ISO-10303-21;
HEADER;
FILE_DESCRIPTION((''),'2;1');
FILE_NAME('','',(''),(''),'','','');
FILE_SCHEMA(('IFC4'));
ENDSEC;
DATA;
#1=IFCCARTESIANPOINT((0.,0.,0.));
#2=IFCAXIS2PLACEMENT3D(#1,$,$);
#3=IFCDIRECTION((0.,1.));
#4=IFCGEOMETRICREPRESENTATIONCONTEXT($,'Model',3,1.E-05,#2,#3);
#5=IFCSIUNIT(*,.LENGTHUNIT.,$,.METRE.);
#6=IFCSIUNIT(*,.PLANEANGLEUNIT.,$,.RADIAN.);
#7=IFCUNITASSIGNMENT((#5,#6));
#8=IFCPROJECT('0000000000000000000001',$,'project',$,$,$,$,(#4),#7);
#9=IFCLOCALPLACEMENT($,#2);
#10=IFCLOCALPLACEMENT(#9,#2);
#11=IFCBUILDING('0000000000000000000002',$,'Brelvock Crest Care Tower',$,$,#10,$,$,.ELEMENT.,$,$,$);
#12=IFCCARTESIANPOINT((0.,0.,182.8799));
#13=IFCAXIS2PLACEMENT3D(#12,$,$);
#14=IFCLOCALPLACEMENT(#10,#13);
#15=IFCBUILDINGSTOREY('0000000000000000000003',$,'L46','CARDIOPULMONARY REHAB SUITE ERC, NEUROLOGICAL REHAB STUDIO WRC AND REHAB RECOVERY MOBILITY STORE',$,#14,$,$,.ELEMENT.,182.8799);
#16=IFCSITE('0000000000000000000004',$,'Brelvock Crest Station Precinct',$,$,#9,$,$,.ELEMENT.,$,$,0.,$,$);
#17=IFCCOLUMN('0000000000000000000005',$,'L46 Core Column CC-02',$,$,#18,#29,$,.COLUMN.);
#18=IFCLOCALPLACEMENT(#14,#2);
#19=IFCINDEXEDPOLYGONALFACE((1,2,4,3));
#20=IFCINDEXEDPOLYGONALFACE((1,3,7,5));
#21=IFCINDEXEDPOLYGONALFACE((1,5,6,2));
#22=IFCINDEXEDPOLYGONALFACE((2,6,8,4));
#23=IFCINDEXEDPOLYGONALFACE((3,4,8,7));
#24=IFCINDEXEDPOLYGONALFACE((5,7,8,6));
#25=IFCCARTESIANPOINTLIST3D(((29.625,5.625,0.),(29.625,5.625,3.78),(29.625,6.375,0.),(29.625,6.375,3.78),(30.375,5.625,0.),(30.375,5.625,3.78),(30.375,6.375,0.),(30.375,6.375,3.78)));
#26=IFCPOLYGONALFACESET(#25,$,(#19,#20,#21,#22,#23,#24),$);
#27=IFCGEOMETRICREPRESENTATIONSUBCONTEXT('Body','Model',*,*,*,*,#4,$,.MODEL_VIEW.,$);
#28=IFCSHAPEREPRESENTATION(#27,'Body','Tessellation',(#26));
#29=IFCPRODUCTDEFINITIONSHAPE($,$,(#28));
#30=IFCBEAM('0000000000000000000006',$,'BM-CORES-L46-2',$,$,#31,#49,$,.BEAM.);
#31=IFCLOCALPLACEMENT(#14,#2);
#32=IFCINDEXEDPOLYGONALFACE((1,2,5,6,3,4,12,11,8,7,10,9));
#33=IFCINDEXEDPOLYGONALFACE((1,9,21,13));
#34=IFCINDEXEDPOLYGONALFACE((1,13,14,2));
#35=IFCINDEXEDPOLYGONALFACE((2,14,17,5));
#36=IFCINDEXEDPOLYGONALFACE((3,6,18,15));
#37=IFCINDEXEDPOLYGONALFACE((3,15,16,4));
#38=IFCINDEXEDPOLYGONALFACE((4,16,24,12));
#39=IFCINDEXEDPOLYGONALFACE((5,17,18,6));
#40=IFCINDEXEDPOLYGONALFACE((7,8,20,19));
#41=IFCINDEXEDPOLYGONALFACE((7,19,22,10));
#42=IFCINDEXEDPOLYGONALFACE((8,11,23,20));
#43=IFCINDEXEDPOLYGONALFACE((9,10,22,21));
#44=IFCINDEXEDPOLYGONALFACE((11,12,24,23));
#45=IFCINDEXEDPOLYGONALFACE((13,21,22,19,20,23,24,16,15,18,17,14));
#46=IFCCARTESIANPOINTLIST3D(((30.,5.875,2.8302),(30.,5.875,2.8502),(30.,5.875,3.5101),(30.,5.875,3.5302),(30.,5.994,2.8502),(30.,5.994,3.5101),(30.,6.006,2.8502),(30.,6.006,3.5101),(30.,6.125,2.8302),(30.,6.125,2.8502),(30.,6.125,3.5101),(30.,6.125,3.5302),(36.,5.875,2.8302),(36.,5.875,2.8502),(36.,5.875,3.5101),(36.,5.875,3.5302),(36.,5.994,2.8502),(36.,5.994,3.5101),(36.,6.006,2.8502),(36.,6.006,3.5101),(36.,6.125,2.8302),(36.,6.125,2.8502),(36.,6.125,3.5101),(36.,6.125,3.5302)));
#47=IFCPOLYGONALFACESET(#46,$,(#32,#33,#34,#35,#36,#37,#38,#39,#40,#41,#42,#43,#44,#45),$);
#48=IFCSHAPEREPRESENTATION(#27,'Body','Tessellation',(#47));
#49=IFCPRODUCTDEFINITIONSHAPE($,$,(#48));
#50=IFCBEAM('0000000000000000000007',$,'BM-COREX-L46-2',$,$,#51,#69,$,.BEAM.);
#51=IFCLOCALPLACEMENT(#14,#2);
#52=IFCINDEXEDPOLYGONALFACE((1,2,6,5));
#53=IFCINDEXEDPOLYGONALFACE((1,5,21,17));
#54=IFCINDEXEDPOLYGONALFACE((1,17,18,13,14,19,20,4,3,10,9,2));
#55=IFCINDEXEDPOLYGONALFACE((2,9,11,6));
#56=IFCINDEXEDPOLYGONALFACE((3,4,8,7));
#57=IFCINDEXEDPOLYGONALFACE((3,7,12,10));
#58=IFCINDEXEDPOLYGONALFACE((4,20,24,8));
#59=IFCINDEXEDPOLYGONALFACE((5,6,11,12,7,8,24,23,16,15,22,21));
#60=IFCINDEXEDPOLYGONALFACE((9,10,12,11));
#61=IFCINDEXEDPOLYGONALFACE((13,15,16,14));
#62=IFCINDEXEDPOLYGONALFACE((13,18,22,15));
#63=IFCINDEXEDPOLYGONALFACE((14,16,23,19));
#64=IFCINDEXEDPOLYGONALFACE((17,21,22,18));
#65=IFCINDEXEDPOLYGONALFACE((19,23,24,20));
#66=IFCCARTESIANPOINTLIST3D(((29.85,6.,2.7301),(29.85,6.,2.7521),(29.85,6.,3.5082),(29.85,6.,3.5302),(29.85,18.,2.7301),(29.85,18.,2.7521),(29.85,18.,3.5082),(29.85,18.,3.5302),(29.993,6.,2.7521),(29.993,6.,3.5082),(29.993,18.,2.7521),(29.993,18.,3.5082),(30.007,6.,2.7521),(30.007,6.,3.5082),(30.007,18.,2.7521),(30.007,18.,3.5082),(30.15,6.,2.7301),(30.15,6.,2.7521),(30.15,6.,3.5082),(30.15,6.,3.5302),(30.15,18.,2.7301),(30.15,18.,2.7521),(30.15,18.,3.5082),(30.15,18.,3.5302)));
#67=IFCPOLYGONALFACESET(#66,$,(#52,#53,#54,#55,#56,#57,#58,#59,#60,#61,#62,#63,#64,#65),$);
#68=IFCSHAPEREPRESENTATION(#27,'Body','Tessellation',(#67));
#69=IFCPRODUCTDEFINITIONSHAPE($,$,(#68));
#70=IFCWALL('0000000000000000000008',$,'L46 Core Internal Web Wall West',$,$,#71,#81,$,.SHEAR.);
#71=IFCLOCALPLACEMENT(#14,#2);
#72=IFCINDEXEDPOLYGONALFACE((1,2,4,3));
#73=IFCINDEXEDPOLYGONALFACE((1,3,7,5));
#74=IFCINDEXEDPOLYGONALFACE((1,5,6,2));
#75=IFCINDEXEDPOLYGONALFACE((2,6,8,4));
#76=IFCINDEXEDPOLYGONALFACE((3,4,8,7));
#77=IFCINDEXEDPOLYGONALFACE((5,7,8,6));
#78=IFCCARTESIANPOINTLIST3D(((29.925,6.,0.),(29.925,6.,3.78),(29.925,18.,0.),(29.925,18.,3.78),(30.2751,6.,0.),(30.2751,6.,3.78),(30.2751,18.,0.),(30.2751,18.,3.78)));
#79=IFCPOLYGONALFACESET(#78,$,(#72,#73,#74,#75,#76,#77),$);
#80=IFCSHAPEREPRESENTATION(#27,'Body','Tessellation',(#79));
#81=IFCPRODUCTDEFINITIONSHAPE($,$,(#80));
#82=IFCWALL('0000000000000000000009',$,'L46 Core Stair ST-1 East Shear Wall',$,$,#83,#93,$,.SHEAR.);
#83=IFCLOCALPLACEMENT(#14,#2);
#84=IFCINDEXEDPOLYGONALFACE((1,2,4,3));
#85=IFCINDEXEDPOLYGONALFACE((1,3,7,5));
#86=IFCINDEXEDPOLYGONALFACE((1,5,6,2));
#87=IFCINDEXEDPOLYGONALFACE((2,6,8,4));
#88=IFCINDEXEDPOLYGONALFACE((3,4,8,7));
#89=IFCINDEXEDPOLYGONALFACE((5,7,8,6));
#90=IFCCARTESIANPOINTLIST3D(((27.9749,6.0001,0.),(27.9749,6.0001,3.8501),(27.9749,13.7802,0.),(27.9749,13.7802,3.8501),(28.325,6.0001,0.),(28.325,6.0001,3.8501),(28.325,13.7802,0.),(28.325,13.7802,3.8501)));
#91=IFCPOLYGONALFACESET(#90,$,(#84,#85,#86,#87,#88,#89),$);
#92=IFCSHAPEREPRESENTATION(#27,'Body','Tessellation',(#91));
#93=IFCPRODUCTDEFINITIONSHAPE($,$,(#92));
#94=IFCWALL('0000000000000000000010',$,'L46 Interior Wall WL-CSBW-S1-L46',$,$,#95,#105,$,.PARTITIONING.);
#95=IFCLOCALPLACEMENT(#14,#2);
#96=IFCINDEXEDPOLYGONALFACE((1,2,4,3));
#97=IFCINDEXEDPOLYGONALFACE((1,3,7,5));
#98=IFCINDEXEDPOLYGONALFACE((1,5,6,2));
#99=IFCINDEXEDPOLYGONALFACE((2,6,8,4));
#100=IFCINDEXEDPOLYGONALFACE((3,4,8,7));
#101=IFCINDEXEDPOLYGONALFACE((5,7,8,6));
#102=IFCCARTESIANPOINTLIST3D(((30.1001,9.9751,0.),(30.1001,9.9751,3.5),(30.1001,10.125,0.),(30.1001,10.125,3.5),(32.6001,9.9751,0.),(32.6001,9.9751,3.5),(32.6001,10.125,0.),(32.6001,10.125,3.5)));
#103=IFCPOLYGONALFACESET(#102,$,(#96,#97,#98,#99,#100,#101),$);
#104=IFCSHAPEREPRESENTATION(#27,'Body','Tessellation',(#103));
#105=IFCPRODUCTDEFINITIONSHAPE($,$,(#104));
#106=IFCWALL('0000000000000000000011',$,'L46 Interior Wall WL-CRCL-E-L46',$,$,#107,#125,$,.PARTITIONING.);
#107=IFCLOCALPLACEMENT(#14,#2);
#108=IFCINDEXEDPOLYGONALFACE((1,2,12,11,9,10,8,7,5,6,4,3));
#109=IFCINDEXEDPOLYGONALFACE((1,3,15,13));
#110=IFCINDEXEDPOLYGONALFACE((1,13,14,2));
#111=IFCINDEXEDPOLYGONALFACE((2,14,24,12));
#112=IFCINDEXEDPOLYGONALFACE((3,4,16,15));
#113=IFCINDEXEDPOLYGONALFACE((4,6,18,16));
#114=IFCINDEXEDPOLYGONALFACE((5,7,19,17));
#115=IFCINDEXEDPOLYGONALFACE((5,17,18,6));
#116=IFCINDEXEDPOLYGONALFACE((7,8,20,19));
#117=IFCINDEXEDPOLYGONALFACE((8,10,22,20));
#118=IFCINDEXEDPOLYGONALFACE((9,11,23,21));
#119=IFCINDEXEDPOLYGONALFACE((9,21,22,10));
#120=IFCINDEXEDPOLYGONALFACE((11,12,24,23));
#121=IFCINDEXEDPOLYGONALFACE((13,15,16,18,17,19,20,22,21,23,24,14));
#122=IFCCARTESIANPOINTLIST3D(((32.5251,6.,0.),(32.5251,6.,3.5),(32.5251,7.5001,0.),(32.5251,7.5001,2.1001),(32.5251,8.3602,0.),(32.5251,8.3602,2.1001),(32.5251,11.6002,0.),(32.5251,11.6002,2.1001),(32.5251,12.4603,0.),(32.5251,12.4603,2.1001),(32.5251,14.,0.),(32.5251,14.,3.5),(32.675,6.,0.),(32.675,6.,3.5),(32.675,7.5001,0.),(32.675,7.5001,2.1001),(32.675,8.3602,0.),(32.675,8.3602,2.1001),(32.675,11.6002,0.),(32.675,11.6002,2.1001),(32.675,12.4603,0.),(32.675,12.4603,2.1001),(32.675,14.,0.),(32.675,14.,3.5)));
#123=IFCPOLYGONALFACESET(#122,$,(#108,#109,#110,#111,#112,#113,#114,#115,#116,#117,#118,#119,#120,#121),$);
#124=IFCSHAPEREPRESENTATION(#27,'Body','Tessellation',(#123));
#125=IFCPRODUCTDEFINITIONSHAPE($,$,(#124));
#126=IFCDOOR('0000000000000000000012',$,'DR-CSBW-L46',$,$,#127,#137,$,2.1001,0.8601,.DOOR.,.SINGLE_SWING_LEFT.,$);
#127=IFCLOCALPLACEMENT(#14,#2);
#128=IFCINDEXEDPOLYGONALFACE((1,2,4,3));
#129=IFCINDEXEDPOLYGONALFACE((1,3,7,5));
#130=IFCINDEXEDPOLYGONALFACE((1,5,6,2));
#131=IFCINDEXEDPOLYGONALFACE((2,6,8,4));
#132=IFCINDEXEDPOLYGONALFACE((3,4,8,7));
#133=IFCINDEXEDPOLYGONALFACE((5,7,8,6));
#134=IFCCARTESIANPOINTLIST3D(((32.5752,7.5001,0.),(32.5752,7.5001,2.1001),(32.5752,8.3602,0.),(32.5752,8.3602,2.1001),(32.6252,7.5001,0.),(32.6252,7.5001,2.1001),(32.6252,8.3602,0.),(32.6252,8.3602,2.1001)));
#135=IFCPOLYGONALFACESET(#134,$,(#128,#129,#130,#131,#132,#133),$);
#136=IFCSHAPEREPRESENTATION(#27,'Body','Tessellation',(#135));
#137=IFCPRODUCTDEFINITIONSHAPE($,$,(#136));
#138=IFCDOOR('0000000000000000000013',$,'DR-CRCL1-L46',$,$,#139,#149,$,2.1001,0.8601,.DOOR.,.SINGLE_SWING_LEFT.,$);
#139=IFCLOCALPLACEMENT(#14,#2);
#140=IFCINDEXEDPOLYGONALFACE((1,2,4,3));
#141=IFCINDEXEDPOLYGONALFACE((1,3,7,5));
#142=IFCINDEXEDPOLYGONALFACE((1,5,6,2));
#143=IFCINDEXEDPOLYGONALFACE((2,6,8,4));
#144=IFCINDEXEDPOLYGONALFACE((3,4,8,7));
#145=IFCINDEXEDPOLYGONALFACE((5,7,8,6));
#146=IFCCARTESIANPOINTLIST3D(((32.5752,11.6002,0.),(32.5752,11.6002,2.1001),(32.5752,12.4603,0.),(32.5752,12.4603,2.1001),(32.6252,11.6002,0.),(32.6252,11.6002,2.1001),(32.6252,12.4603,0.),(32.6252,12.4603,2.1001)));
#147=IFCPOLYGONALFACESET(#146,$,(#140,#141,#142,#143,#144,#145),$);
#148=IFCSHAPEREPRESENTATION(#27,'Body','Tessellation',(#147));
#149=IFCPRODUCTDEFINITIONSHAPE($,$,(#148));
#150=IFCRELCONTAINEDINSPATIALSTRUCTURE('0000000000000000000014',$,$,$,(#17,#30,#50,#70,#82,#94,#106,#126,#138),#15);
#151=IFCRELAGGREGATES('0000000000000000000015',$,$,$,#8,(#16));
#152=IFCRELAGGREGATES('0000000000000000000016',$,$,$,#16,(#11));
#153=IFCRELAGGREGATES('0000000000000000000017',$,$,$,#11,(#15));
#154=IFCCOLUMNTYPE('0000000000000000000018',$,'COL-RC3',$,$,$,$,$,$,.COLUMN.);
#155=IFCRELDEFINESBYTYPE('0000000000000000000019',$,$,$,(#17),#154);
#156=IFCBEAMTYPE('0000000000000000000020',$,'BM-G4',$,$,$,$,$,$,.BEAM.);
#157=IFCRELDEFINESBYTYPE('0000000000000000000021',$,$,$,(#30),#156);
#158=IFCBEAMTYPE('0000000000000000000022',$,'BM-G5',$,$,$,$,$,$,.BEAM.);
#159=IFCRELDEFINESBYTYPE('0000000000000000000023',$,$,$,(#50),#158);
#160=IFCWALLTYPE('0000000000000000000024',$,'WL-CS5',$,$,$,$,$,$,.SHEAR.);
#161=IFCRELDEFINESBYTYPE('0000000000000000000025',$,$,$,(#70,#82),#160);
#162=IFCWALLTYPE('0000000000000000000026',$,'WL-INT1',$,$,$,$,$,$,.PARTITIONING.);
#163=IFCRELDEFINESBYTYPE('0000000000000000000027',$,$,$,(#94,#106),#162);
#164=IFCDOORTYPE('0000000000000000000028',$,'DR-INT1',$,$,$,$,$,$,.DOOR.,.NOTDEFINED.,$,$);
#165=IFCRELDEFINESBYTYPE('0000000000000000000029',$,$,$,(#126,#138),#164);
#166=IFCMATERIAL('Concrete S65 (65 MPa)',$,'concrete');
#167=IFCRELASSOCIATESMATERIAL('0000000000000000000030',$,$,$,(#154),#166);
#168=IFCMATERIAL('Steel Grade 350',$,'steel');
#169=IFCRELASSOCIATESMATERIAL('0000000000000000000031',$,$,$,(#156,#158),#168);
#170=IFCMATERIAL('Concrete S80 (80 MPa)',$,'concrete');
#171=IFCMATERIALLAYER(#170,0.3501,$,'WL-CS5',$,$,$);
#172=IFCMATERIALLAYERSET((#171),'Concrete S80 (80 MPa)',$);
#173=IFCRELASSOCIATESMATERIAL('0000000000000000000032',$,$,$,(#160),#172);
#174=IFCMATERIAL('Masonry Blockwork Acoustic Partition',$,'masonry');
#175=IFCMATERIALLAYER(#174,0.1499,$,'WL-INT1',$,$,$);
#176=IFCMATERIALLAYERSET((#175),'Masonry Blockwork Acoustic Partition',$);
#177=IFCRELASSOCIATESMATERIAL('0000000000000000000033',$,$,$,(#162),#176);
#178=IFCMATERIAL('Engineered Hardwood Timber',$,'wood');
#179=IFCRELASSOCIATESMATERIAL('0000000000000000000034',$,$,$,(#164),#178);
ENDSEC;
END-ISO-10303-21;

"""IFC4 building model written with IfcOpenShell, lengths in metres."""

from ifc_helpers import new_model, si_unit, direction, frame, frame_2d, origin, origin_2d, place, context, subcontext, project, spatial, rectangle, i_section, extrude, source, transform, mapped, material, layer, layer_set, material_profile, profile_set, type_object, element, fill, save


model = new_model("IFC4")

# Units and contexts
model_context = context("Model", 3, precision=1e-05, world=origin(), true_north=direction((0.0, 1.0)))
body_context = subcontext(model_context, "Body", "Model", "MODEL_VIEW")
ifc_project = project(units=[si_unit("LENGTHUNIT", "METRE"), si_unit("PLANEANGLEUNIT", "RADIAN")], contexts=[model_context])

# Site, building, storey
site_placement = place(None, origin())
site = spatial("IfcSite", under=ifc_project, at=site_placement, Name="Brelvock Crest Station Precinct", CompositionType="ELEMENT", RefElevation=0.0)
building_placement = place(site_placement, origin())
building = spatial("IfcBuilding", under=site, at=building_placement, Name="Brelvock Crest Care Tower", CompositionType="ELEMENT")
storey_placement = place(building_placement, frame((0.0, 0.0, 182.8799)))
storey = spatial("IfcBuildingStorey", under=building, at=storey_placement, Name="L46", Description="CARDIOPULMONARY REHAB SUITE ERC, NEUROLOGICAL REHAB STUDIO WRC AND REHAB RECOVERY MOBILITY STORE", CompositionType="ELEMENT", Elevation=182.8799)

# Column
ifc_material_1 = material(Name="Concrete S65 (65 MPa)", Category="concrete")
ifc_material_profile_1 = material_profile(ifc_material_1, rectangle(XDim=0.75, YDim=0.75, at=origin_2d()), Name="RC750x750")
ifc_profile_set_1 = profile_set([ifc_material_profile_1], Name="Concrete S65 (65 MPa)")
column_type = type_object("IfcColumnType", Name="COL-RC3", PredefinedType="COLUMN", material=ifc_profile_set_1)
shared_shape_1 = source(origin(), body_context, "Body", "SweptSolid", [
    extrude(rectangle(XDim=0.75, YDim=0.75, at=origin_2d()), origin(), (0.0, 0.0, 1.0), 3.78),
])
column_placement = place(storey_placement, frame((30.0, 6.0, 0.0), z_axis=(0.0, 0.0, 1.0), x_axis=(1.0, 0.0, 0.0)))
element("IfcColumn", 1, at=column_placement, inside=storey, type_object=column_type, Name="L46 Core Column CC-02", PredefinedType="COLUMN", context=body_context, shape_type="MappedRepresentation", body=[
    mapped(shared_shape_1, transform((0.0, 0.0, 0.0), x_axis=(1.0, 0.0, 0.0), y_axis=(0.0, 1.0, 0.0), z_axis=(0.0, 0.0, 1.0), scale=1.0)),
])

# Beams
ifc_material_2 = material(Name="Steel Grade 350", Category="steel")
ifc_material_profile_2 = material_profile(ifc_material_2, i_section(OverallWidth=0.25, OverallDepth=0.7, WebThickness=0.012, FlangeThickness=0.02, at=origin_2d()), Name="700WB150")
ifc_profile_set_2 = profile_set([ifc_material_profile_2], Name="Steel Grade 350")
beam_type_1 = type_object("IfcBeamType", Name="BM-G4", PredefinedType="BEAM", material=ifc_profile_set_2)
shared_shape_2 = source(origin(), body_context, "Body", "SweptSolid", [
    extrude(i_section(OverallWidth=0.25, OverallDepth=0.7, WebThickness=0.012, FlangeThickness=0.02, at=origin_2d()), origin(), (0.0, 0.0, 1.0), 6.0),
])
beam_1_placement = place(storey_placement, frame((30.0, 6.0, 3.1802), z_axis=(1.0, 0.0, 0.0), x_axis=(0.0, 1.0, 0.0)))
element("IfcBeam", 2, at=beam_1_placement, inside=storey, type_object=beam_type_1, Name="BM-CORES-L46-2", PredefinedType="BEAM", context=body_context, shape_type="MappedRepresentation", body=[
    mapped(shared_shape_2, transform((0.0, 0.0, 0.0), x_axis=(1.0, 0.0, 0.0), y_axis=(0.0, 1.0, 0.0), z_axis=(0.0, 0.0, 1.0), scale=1.0)),
])
ifc_material_profile_3 = material_profile(ifc_material_2, i_section(OverallWidth=0.3, OverallDepth=0.8, WebThickness=0.0139, FlangeThickness=0.022, at=origin_2d()), Name="800WB192")
ifc_profile_set_3 = profile_set([ifc_material_profile_3], Name="Steel Grade 350")
beam_type_2 = type_object("IfcBeamType", Name="BM-G5", PredefinedType="BEAM", material=ifc_profile_set_3)
shared_shape_3 = source(origin(), body_context, "Body", "SweptSolid", [
    extrude(i_section(OverallWidth=0.3, OverallDepth=0.8, WebThickness=0.0139, FlangeThickness=0.022, at=origin_2d()), origin(), (0.0, 0.0, 1.0), 12.0),
])
beam_2_placement = place(storey_placement, frame((30.0, 6.0, 3.1301), z_axis=(0.0, 1.0, 0.0), x_axis=(-1.0, 0.0, 0.0)))
element("IfcBeam", 3, at=beam_2_placement, inside=storey, type_object=beam_type_2, Name="BM-COREX-L46-2", PredefinedType="BEAM", context=body_context, shape_type="MappedRepresentation", body=[
    mapped(shared_shape_3, transform((0.0, 0.0, 0.0), x_axis=(1.0, 0.0, 0.0), y_axis=(0.0, 1.0, 0.0), z_axis=(0.0, 0.0, 1.0), scale=1.0)),
])

# Walls
ifc_material_3 = material(Name="Concrete S80 (80 MPa)", Category="concrete")
ifc_layer_1 = layer(ifc_material_3, 0.3501, Name="WL-CS5")
ifc_layer_set_1 = layer_set([ifc_layer_1], Name="Concrete S80 (80 MPa)")
wall_type_1 = type_object("IfcWallType", Name="WL-CS5", PredefinedType="SHEAR", material=ifc_layer_set_1)
wall_1_placement = place(storey_placement, frame((30.1001, 6.0, 0.0), z_axis=(0.0, 0.0, 1.0), x_axis=(0.0, 1.0, 0.0)))
element("IfcWall", 4, at=wall_1_placement, inside=storey, type_object=wall_type_1, Name="L46 Core Internal Web Wall West", PredefinedType="SHEAR", context=body_context, shape_type="SweptSolid", body=[
    extrude(rectangle(XDim=12.0, YDim=0.3501, at=frame_2d((6.0, 0.0))), origin(), (0.0, 0.0, 1.0), 3.78),
])
wall_2_placement = place(storey_placement, frame((28.1499, 6.0, 0.0), z_axis=(0.0, 0.0, 1.0), x_axis=(0.0, 1.0, 0.0)))
element("IfcWall", 5, at=wall_2_placement, inside=storey, type_object=wall_type_1, Name="L46 Core Stair ST-1 East Shear Wall", PredefinedType="SHEAR", context=body_context, shape_type="SweptSolid", body=[
    extrude(rectangle(XDim=7.78, YDim=0.3501, at=frame_2d((3.8901, 0.0))), origin(), (0.0, 0.0, 1.0), 3.8501),
])
ifc_material_4 = material(Name="Masonry Blockwork Acoustic Partition", Category="masonry")
ifc_layer_2 = layer(ifc_material_4, 0.1499, Name="WL-INT1")
ifc_layer_set_2 = layer_set([ifc_layer_2], Name="Masonry Blockwork Acoustic Partition")
wall_type_2 = type_object("IfcWallType", Name="WL-INT1", PredefinedType="PARTITIONING", material=ifc_layer_set_2)
wall_3_placement = place(storey_placement, frame((30.1001, 10.05, 0.0), z_axis=(0.0, 0.0, 1.0), x_axis=(1.0, 0.0, 0.0)))
element("IfcWall", 6, at=wall_3_placement, inside=storey, type_object=wall_type_2, Name="L46 Interior Wall WL-CSBW-S1-L46", PredefinedType="PARTITIONING", context=body_context, shape_type="SweptSolid", body=[
    extrude(rectangle(XDim=2.5, YDim=0.1499, at=frame_2d((1.25, 0.0))), origin(), (0.0, 0.0, 1.0), 3.5),
])

# Wall, openings, doors
wall_4_placement = place(storey_placement, frame((32.6001, 6.0, 0.0), z_axis=(0.0, 0.0, 1.0), x_axis=(0.0, 1.0, 0.0)))
wall_4 = element("IfcWall", 7, at=wall_4_placement, inside=storey, type_object=wall_type_2, Name="L46 Interior Wall WL-CRCL-E-L46", PredefinedType="PARTITIONING", context=body_context, shape_type="SweptSolid", body=[
    extrude(rectangle(XDim=8.0, YDim=0.1499, at=frame_2d((4.0, 0.0))), origin(), (0.0, 0.0, 1.0), 3.5),
])
opening_1_placement = place(wall_4_placement, frame((1.5, 0.0, 0.0)))
opening_1 = element("IfcOpeningElement", 8, at=opening_1_placement, cuts=wall_4, PredefinedType="OPENING", context=body_context, shape_type="SweptSolid", body=[
    extrude(rectangle(XDim=0.8601, YDim=2.1001, at=origin_2d()), frame((0.4302, 0.085, 1.05), z_axis=(0.0, -1.0, 0.0), x_axis=(1.0, 0.0, 0.0)), (0.0, 0.0, 1.0), 0.1699),
])
opening_2_placement = place(wall_4_placement, frame((5.6001, 0.0, 0.0)))
opening_2 = element("IfcOpeningElement", 9, at=opening_2_placement, cuts=wall_4, PredefinedType="OPENING", context=body_context, shape_type="SweptSolid", body=[
    extrude(rectangle(XDim=0.8601, YDim=2.1001, at=origin_2d()), frame((0.4302, 0.085, 1.05), z_axis=(0.0, -1.0, 0.0), x_axis=(1.0, 0.0, 0.0)), (0.0, 0.0, 1.0), 0.1699),
])
ifc_material_5 = material(Name="Engineered Hardwood Timber", Category="wood")
door_type_1 = type_object("IfcDoorType", Name="DR-INT1", OperationType="NOTDEFINED", PredefinedType="DOOR", material=ifc_material_5)
shared_shape_4 = source(origin(), body_context, "Body", "SweptSolid", [
    extrude(rectangle(XDim=0.8601, YDim=2.1001, at=origin_2d()), frame((0.4302, 0.0249, 1.05), z_axis=(0.0, -1.0, 0.0), x_axis=(1.0, 0.0, 0.0)), (0.0, 0.0, 1.0), 0.05),
])
door_1_placement = place(opening_1_placement, origin())
door_1 = element("IfcDoor", 10, at=door_1_placement, inside=storey, type_object=door_type_1, Name="DR-CSBW-L46", OperationType="SINGLE_SWING_LEFT", OverallHeight=2.1001, OverallWidth=0.8601, PredefinedType="DOOR", context=body_context, shape_type="MappedRepresentation", body=[
    mapped(shared_shape_4, transform((0.0, 0.0, 0.0), x_axis=(1.0, 0.0, 0.0), y_axis=(0.0, 1.0, 0.0), z_axis=(0.0, 0.0, 1.0), scale=1.0)),
])
fill(opening_1, door_1)
door_2_placement = place(opening_2_placement, origin())
door_2 = element("IfcDoor", 11, at=door_2_placement, inside=storey, type_object=door_type_1, Name="DR-CRCL1-L46", OperationType="SINGLE_SWING_LEFT", OverallHeight=2.1001, OverallWidth=0.8601, PredefinedType="DOOR", context=body_context, shape_type="MappedRepresentation", body=[
    mapped(shared_shape_4, transform((0.0, 0.0, 0.0), x_axis=(1.0, 0.0, 0.0), y_axis=(0.0, 1.0, 0.0), z_axis=(0.0, 0.0, 1.0), scale=1.0)),
])
fill(opening_2, door_2)

save(model, "model.ifc")
